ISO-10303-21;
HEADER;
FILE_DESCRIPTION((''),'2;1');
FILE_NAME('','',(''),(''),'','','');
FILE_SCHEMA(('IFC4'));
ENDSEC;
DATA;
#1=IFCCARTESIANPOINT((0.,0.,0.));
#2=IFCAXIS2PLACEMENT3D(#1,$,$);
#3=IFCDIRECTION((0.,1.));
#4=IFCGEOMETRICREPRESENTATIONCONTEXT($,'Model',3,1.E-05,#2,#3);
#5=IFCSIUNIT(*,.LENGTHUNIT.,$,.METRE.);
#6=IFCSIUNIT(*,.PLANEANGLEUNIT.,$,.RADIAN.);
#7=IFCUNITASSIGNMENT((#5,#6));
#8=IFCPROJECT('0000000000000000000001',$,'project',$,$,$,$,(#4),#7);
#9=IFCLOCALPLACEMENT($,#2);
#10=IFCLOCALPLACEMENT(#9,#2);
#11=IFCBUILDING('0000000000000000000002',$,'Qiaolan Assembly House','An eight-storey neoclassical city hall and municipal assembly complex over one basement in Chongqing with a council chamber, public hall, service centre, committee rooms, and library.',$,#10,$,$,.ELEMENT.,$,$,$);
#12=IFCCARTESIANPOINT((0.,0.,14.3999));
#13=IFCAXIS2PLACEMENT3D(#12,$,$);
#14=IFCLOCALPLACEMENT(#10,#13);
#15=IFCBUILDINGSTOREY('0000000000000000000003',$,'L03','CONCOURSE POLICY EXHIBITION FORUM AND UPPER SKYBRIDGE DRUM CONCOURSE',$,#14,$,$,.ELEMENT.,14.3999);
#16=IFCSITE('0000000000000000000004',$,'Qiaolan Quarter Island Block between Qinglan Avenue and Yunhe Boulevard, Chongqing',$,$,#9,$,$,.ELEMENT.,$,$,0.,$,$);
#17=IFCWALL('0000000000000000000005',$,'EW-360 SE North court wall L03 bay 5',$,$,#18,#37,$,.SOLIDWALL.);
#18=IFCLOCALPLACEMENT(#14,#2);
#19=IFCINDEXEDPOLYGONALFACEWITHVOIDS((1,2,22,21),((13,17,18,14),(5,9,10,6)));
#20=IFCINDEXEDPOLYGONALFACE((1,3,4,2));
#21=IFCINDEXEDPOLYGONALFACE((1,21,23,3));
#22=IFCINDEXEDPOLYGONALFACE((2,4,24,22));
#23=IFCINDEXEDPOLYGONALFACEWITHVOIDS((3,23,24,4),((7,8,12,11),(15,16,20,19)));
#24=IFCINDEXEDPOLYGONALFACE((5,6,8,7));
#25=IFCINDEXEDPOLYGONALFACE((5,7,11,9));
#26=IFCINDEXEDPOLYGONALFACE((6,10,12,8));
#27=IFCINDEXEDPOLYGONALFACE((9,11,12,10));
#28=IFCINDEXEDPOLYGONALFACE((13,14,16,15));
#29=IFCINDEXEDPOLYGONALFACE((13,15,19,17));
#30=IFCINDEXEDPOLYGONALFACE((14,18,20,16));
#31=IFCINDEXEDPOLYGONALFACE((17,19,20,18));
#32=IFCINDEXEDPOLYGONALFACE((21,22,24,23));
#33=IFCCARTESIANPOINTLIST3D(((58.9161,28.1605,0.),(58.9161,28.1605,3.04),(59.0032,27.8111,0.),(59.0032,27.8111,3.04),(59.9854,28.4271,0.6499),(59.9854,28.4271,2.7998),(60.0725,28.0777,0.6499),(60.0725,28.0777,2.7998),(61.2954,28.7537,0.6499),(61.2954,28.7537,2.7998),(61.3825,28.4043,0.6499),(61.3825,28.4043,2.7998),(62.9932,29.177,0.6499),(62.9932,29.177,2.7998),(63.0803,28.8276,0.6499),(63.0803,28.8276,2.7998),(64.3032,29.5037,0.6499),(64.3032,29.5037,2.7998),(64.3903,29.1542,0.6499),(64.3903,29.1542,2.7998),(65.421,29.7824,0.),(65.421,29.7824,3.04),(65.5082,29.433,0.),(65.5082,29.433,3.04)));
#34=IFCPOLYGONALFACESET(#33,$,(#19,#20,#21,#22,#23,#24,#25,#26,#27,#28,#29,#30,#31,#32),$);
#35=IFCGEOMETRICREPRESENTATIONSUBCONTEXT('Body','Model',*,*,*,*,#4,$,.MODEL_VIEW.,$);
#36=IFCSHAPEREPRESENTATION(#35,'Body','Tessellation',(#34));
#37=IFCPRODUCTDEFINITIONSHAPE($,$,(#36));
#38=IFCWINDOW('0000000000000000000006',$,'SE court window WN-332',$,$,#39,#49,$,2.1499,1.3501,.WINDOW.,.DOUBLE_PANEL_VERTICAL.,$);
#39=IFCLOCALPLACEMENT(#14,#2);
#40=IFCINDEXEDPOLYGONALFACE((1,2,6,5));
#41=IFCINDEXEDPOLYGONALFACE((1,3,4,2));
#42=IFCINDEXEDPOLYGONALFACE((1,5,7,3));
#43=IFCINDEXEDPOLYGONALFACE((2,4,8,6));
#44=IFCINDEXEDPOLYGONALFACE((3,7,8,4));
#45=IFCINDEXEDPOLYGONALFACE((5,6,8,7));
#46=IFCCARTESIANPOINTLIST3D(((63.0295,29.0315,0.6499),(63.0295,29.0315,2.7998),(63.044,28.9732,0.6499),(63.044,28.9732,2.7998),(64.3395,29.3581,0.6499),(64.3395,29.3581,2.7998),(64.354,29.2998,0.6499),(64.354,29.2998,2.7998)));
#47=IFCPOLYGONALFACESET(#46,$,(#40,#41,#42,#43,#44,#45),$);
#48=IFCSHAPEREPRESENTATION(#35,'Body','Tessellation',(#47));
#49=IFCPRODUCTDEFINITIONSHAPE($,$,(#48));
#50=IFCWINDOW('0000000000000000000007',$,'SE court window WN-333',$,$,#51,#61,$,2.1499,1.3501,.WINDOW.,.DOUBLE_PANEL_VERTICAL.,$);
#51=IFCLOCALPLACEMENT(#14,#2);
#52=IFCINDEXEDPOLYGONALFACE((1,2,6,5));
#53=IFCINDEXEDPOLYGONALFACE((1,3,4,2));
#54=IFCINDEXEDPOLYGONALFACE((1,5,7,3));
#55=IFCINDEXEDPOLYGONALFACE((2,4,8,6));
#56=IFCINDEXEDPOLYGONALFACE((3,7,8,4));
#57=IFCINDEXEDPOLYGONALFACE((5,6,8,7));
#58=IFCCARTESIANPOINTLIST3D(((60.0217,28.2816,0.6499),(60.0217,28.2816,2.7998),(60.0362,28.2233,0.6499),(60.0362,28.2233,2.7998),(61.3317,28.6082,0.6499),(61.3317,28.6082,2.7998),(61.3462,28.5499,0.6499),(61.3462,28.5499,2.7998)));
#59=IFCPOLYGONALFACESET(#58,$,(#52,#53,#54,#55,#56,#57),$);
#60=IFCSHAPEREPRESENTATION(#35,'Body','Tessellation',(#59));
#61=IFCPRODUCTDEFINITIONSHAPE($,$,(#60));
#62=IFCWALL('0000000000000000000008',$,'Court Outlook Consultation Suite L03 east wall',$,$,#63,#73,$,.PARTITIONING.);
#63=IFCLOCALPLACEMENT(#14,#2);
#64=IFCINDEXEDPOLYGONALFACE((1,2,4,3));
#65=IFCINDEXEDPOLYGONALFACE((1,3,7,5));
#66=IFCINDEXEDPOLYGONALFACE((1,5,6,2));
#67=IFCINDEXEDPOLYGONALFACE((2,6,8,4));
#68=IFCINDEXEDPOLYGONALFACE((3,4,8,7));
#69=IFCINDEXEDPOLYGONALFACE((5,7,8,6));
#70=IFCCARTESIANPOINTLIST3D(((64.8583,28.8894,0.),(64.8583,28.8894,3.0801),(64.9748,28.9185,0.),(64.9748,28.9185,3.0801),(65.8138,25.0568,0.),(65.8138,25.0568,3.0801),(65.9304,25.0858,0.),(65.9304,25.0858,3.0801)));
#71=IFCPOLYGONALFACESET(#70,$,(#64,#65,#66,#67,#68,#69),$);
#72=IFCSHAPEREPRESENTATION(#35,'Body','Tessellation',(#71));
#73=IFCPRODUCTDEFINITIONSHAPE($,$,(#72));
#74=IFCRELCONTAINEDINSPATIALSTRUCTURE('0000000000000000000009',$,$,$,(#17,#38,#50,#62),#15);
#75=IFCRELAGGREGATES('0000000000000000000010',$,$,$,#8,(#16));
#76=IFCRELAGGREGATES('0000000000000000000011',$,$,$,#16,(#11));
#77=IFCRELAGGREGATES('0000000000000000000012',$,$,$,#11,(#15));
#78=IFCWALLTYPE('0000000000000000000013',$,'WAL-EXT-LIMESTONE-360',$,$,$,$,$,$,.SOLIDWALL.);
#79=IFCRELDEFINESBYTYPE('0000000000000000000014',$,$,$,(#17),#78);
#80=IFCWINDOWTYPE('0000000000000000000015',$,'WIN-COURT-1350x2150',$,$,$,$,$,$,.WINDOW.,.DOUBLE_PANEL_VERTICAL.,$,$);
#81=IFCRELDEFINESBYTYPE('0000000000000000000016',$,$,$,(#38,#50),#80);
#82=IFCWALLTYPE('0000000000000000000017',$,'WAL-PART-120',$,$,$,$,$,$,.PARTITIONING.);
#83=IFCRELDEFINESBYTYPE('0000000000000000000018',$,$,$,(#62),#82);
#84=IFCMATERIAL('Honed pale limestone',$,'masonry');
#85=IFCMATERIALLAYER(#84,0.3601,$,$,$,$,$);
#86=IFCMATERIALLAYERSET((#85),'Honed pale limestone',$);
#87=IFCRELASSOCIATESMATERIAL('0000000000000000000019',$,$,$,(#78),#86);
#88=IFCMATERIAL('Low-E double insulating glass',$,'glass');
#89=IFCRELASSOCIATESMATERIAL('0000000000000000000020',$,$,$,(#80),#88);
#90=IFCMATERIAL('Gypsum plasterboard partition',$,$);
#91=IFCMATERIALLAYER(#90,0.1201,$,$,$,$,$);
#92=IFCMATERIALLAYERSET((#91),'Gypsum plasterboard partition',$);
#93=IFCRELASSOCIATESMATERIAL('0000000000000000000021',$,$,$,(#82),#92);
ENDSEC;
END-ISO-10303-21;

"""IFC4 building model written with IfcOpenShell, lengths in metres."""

from ifc_helpers import new_model, si_unit, direction, frame, frame_2d, origin, place, context, subcontext, project, spatial, rectangle, extrude, material, layer, layer_set, type_object, element, fill, save


model = new_model("IFC4")

# Units and contexts
model_context = context("Model", 3, precision=1e-05, world=origin(), true_north=direction((0.0, 1.0)))
body_context = subcontext(model_context, "Body", "Model", "MODEL_VIEW")
ifc_project = project(units=[si_unit("LENGTHUNIT", "METRE"), si_unit("PLANEANGLEUNIT", "RADIAN")], contexts=[model_context])

# Site, building, storey
site_placement = place(None, origin())
site = spatial("IfcSite", under=ifc_project, at=site_placement, Name="Qiaolan Quarter Island Block between Qinglan Avenue and Yunhe Boulevard, Chongqing", CompositionType="ELEMENT", RefElevation=0.0)
building_placement = place(site_placement, origin())
building = spatial("IfcBuilding", under=site, at=building_placement, Name="Qiaolan Assembly House", Description="An eight-storey neoclassical city hall and municipal assembly complex over one basement in Chongqing with a council chamber, public hall, service centre, committee rooms, and library.", CompositionType="ELEMENT")
storey_placement = place(building_placement, frame((0.0, 0.0, 14.3999)))
storey = spatial("IfcBuildingStorey", under=building, at=storey_placement, Name="L03", Description="CONCOURSE POLICY EXHIBITION FORUM AND UPPER SKYBRIDGE DRUM CONCOURSE", CompositionType="ELEMENT", Elevation=14.3999)

# Shared definitions
ifc_material_1 = material(Name="Low-E double insulating glass", Category="glass")

# Wall, openings, windows
ifc_material_2 = material(Name="Honed pale limestone", Category="masonry")
ifc_layer_1 = layer(ifc_material_2, 0.3601)
ifc_layer_set_1 = layer_set([ifc_layer_1], Name="Honed pale limestone")
wall_type_1 = type_object("IfcWallType", Name="WAL-EXT-LIMESTONE-360", PredefinedType="SOLIDWALL", material=ifc_layer_set_1)
window_type = type_object("IfcWindowType", Name="WIN-COURT-1350x2150", PartitioningType="DOUBLE_PANEL_VERTICAL", PredefinedType="WINDOW", material=ifc_material_1)
wall_1_placement = place(storey_placement, frame((65.4646, 29.6077, 0.0), z_axis=(0.0, 0.0, 1.0), x_axis=(-0.970297, -0.241919, 0.0)))
wall_1 = element("IfcWall", 1, at=wall_1_placement, inside=storey, type_object=wall_type_1, Name="EW-360 SE North court wall L03 bay 5", PredefinedType="SOLIDWALL", context=body_context, shape_type="SweptSolid", body=[
    extrude(rectangle(XDim=6.7041, YDim=0.3601, at=frame_2d((3.3521, 0.0))), origin(), (0.0, 0.0, 1.0), 3.04),
])
opening_1_placement = place(wall_1_placement, frame((1.1521, 0.0, 0.6499)))
opening_1 = element("IfcOpeningElement", 2, at=opening_1_placement, cuts=wall_1, PredefinedType="OPENING", context=body_context, shape_type="SweptSolid", body=[
    extrude(rectangle(XDim=1.3501, YDim=2.1499, at=frame_2d((0.675, 1.075))), frame((0.0, 0.1899, 0.0), z_axis=(0.0, -1.0, 0.0), x_axis=(1.0, 0.0, 0.0)), (0.0, 0.0, 1.0), 0.3801),
])
opening_2_placement = place(wall_1_placement, frame((4.252, 0.0, 0.6499)))
opening_2 = element("IfcOpeningElement", 3, at=opening_2_placement, cuts=wall_1, PredefinedType="OPENING", context=body_context, shape_type="SweptSolid", body=[
    extrude(rectangle(XDim=1.3501, YDim=2.1499, at=frame_2d((0.675, 1.075))), frame((0.0, 0.1899, 0.0), z_axis=(0.0, -1.0, 0.0), x_axis=(1.0, 0.0, 0.0)), (0.0, 0.0, 1.0), 0.3801),
])
window_1_placement = place(opening_1_placement, origin())
window_1 = element("IfcWindow", 4, at=window_1_placement, inside=storey, type_object=window_type, Name="SE court window WN-332", OverallHeight=2.1499, OverallWidth=1.3501, PartitioningType="DOUBLE_PANEL_VERTICAL", PredefinedType="WINDOW", context=body_context, shape_type="SweptSolid", body=[
    extrude(rectangle(XDim=1.3501, YDim=2.1499, at=frame_2d((0.675, 1.075))), frame((0.0, 0.03, 0.0), z_axis=(0.0, -1.0, 0.0), x_axis=(1.0, 0.0, 0.0)), (0.0, 0.0, 1.0), 0.0601),
])
fill(opening_1, window_1)
window_2_placement = place(opening_2_placement, origin())
window_2 = element("IfcWindow", 5, at=window_2_placement, inside=storey, type_object=window_type, Name="SE court window WN-333", OverallHeight=2.1499, OverallWidth=1.3501, PartitioningType="DOUBLE_PANEL_VERTICAL", PredefinedType="WINDOW", context=body_context, shape_type="SweptSolid", body=[
    extrude(rectangle(XDim=1.3501, YDim=2.1499, at=frame_2d((0.675, 1.075))), frame((0.0, 0.03, 0.0), z_axis=(0.0, -1.0, 0.0), x_axis=(1.0, 0.0, 0.0)), (0.0, 0.0, 1.0), 0.0601),
])
fill(opening_2, window_2)

# Wall
ifc_material_3 = material(Name="Gypsum plasterboard partition")
ifc_layer_2 = layer(ifc_material_3, 0.1201)
ifc_layer_set_2 = layer_set([ifc_layer_2], Name="Gypsum plasterboard partition")
wall_type_2 = type_object("IfcWallType", Name="WAL-PART-120", PredefinedType="PARTITIONING", material=ifc_layer_set_2)
wall_2_placement = place(storey_placement, frame((64.9165, 28.9041, 0.0), z_axis=(0.0, 0.0, 1.0), x_axis=(0.241925, -0.970295, 0.0)))
element("IfcWall", 6, at=wall_2_placement, inside=storey, type_object=wall_type_2, Name="Court Outlook Consultation Suite L03 east wall", PredefinedType="PARTITIONING", context=body_context, shape_type="SweptSolid", body=[
    extrude(rectangle(XDim=3.95, YDim=0.1201, at=frame_2d((1.9751, 0.0))), origin(), (0.0, 0.0, 1.0), 3.0801),
])

save(model, "model.ifc")
